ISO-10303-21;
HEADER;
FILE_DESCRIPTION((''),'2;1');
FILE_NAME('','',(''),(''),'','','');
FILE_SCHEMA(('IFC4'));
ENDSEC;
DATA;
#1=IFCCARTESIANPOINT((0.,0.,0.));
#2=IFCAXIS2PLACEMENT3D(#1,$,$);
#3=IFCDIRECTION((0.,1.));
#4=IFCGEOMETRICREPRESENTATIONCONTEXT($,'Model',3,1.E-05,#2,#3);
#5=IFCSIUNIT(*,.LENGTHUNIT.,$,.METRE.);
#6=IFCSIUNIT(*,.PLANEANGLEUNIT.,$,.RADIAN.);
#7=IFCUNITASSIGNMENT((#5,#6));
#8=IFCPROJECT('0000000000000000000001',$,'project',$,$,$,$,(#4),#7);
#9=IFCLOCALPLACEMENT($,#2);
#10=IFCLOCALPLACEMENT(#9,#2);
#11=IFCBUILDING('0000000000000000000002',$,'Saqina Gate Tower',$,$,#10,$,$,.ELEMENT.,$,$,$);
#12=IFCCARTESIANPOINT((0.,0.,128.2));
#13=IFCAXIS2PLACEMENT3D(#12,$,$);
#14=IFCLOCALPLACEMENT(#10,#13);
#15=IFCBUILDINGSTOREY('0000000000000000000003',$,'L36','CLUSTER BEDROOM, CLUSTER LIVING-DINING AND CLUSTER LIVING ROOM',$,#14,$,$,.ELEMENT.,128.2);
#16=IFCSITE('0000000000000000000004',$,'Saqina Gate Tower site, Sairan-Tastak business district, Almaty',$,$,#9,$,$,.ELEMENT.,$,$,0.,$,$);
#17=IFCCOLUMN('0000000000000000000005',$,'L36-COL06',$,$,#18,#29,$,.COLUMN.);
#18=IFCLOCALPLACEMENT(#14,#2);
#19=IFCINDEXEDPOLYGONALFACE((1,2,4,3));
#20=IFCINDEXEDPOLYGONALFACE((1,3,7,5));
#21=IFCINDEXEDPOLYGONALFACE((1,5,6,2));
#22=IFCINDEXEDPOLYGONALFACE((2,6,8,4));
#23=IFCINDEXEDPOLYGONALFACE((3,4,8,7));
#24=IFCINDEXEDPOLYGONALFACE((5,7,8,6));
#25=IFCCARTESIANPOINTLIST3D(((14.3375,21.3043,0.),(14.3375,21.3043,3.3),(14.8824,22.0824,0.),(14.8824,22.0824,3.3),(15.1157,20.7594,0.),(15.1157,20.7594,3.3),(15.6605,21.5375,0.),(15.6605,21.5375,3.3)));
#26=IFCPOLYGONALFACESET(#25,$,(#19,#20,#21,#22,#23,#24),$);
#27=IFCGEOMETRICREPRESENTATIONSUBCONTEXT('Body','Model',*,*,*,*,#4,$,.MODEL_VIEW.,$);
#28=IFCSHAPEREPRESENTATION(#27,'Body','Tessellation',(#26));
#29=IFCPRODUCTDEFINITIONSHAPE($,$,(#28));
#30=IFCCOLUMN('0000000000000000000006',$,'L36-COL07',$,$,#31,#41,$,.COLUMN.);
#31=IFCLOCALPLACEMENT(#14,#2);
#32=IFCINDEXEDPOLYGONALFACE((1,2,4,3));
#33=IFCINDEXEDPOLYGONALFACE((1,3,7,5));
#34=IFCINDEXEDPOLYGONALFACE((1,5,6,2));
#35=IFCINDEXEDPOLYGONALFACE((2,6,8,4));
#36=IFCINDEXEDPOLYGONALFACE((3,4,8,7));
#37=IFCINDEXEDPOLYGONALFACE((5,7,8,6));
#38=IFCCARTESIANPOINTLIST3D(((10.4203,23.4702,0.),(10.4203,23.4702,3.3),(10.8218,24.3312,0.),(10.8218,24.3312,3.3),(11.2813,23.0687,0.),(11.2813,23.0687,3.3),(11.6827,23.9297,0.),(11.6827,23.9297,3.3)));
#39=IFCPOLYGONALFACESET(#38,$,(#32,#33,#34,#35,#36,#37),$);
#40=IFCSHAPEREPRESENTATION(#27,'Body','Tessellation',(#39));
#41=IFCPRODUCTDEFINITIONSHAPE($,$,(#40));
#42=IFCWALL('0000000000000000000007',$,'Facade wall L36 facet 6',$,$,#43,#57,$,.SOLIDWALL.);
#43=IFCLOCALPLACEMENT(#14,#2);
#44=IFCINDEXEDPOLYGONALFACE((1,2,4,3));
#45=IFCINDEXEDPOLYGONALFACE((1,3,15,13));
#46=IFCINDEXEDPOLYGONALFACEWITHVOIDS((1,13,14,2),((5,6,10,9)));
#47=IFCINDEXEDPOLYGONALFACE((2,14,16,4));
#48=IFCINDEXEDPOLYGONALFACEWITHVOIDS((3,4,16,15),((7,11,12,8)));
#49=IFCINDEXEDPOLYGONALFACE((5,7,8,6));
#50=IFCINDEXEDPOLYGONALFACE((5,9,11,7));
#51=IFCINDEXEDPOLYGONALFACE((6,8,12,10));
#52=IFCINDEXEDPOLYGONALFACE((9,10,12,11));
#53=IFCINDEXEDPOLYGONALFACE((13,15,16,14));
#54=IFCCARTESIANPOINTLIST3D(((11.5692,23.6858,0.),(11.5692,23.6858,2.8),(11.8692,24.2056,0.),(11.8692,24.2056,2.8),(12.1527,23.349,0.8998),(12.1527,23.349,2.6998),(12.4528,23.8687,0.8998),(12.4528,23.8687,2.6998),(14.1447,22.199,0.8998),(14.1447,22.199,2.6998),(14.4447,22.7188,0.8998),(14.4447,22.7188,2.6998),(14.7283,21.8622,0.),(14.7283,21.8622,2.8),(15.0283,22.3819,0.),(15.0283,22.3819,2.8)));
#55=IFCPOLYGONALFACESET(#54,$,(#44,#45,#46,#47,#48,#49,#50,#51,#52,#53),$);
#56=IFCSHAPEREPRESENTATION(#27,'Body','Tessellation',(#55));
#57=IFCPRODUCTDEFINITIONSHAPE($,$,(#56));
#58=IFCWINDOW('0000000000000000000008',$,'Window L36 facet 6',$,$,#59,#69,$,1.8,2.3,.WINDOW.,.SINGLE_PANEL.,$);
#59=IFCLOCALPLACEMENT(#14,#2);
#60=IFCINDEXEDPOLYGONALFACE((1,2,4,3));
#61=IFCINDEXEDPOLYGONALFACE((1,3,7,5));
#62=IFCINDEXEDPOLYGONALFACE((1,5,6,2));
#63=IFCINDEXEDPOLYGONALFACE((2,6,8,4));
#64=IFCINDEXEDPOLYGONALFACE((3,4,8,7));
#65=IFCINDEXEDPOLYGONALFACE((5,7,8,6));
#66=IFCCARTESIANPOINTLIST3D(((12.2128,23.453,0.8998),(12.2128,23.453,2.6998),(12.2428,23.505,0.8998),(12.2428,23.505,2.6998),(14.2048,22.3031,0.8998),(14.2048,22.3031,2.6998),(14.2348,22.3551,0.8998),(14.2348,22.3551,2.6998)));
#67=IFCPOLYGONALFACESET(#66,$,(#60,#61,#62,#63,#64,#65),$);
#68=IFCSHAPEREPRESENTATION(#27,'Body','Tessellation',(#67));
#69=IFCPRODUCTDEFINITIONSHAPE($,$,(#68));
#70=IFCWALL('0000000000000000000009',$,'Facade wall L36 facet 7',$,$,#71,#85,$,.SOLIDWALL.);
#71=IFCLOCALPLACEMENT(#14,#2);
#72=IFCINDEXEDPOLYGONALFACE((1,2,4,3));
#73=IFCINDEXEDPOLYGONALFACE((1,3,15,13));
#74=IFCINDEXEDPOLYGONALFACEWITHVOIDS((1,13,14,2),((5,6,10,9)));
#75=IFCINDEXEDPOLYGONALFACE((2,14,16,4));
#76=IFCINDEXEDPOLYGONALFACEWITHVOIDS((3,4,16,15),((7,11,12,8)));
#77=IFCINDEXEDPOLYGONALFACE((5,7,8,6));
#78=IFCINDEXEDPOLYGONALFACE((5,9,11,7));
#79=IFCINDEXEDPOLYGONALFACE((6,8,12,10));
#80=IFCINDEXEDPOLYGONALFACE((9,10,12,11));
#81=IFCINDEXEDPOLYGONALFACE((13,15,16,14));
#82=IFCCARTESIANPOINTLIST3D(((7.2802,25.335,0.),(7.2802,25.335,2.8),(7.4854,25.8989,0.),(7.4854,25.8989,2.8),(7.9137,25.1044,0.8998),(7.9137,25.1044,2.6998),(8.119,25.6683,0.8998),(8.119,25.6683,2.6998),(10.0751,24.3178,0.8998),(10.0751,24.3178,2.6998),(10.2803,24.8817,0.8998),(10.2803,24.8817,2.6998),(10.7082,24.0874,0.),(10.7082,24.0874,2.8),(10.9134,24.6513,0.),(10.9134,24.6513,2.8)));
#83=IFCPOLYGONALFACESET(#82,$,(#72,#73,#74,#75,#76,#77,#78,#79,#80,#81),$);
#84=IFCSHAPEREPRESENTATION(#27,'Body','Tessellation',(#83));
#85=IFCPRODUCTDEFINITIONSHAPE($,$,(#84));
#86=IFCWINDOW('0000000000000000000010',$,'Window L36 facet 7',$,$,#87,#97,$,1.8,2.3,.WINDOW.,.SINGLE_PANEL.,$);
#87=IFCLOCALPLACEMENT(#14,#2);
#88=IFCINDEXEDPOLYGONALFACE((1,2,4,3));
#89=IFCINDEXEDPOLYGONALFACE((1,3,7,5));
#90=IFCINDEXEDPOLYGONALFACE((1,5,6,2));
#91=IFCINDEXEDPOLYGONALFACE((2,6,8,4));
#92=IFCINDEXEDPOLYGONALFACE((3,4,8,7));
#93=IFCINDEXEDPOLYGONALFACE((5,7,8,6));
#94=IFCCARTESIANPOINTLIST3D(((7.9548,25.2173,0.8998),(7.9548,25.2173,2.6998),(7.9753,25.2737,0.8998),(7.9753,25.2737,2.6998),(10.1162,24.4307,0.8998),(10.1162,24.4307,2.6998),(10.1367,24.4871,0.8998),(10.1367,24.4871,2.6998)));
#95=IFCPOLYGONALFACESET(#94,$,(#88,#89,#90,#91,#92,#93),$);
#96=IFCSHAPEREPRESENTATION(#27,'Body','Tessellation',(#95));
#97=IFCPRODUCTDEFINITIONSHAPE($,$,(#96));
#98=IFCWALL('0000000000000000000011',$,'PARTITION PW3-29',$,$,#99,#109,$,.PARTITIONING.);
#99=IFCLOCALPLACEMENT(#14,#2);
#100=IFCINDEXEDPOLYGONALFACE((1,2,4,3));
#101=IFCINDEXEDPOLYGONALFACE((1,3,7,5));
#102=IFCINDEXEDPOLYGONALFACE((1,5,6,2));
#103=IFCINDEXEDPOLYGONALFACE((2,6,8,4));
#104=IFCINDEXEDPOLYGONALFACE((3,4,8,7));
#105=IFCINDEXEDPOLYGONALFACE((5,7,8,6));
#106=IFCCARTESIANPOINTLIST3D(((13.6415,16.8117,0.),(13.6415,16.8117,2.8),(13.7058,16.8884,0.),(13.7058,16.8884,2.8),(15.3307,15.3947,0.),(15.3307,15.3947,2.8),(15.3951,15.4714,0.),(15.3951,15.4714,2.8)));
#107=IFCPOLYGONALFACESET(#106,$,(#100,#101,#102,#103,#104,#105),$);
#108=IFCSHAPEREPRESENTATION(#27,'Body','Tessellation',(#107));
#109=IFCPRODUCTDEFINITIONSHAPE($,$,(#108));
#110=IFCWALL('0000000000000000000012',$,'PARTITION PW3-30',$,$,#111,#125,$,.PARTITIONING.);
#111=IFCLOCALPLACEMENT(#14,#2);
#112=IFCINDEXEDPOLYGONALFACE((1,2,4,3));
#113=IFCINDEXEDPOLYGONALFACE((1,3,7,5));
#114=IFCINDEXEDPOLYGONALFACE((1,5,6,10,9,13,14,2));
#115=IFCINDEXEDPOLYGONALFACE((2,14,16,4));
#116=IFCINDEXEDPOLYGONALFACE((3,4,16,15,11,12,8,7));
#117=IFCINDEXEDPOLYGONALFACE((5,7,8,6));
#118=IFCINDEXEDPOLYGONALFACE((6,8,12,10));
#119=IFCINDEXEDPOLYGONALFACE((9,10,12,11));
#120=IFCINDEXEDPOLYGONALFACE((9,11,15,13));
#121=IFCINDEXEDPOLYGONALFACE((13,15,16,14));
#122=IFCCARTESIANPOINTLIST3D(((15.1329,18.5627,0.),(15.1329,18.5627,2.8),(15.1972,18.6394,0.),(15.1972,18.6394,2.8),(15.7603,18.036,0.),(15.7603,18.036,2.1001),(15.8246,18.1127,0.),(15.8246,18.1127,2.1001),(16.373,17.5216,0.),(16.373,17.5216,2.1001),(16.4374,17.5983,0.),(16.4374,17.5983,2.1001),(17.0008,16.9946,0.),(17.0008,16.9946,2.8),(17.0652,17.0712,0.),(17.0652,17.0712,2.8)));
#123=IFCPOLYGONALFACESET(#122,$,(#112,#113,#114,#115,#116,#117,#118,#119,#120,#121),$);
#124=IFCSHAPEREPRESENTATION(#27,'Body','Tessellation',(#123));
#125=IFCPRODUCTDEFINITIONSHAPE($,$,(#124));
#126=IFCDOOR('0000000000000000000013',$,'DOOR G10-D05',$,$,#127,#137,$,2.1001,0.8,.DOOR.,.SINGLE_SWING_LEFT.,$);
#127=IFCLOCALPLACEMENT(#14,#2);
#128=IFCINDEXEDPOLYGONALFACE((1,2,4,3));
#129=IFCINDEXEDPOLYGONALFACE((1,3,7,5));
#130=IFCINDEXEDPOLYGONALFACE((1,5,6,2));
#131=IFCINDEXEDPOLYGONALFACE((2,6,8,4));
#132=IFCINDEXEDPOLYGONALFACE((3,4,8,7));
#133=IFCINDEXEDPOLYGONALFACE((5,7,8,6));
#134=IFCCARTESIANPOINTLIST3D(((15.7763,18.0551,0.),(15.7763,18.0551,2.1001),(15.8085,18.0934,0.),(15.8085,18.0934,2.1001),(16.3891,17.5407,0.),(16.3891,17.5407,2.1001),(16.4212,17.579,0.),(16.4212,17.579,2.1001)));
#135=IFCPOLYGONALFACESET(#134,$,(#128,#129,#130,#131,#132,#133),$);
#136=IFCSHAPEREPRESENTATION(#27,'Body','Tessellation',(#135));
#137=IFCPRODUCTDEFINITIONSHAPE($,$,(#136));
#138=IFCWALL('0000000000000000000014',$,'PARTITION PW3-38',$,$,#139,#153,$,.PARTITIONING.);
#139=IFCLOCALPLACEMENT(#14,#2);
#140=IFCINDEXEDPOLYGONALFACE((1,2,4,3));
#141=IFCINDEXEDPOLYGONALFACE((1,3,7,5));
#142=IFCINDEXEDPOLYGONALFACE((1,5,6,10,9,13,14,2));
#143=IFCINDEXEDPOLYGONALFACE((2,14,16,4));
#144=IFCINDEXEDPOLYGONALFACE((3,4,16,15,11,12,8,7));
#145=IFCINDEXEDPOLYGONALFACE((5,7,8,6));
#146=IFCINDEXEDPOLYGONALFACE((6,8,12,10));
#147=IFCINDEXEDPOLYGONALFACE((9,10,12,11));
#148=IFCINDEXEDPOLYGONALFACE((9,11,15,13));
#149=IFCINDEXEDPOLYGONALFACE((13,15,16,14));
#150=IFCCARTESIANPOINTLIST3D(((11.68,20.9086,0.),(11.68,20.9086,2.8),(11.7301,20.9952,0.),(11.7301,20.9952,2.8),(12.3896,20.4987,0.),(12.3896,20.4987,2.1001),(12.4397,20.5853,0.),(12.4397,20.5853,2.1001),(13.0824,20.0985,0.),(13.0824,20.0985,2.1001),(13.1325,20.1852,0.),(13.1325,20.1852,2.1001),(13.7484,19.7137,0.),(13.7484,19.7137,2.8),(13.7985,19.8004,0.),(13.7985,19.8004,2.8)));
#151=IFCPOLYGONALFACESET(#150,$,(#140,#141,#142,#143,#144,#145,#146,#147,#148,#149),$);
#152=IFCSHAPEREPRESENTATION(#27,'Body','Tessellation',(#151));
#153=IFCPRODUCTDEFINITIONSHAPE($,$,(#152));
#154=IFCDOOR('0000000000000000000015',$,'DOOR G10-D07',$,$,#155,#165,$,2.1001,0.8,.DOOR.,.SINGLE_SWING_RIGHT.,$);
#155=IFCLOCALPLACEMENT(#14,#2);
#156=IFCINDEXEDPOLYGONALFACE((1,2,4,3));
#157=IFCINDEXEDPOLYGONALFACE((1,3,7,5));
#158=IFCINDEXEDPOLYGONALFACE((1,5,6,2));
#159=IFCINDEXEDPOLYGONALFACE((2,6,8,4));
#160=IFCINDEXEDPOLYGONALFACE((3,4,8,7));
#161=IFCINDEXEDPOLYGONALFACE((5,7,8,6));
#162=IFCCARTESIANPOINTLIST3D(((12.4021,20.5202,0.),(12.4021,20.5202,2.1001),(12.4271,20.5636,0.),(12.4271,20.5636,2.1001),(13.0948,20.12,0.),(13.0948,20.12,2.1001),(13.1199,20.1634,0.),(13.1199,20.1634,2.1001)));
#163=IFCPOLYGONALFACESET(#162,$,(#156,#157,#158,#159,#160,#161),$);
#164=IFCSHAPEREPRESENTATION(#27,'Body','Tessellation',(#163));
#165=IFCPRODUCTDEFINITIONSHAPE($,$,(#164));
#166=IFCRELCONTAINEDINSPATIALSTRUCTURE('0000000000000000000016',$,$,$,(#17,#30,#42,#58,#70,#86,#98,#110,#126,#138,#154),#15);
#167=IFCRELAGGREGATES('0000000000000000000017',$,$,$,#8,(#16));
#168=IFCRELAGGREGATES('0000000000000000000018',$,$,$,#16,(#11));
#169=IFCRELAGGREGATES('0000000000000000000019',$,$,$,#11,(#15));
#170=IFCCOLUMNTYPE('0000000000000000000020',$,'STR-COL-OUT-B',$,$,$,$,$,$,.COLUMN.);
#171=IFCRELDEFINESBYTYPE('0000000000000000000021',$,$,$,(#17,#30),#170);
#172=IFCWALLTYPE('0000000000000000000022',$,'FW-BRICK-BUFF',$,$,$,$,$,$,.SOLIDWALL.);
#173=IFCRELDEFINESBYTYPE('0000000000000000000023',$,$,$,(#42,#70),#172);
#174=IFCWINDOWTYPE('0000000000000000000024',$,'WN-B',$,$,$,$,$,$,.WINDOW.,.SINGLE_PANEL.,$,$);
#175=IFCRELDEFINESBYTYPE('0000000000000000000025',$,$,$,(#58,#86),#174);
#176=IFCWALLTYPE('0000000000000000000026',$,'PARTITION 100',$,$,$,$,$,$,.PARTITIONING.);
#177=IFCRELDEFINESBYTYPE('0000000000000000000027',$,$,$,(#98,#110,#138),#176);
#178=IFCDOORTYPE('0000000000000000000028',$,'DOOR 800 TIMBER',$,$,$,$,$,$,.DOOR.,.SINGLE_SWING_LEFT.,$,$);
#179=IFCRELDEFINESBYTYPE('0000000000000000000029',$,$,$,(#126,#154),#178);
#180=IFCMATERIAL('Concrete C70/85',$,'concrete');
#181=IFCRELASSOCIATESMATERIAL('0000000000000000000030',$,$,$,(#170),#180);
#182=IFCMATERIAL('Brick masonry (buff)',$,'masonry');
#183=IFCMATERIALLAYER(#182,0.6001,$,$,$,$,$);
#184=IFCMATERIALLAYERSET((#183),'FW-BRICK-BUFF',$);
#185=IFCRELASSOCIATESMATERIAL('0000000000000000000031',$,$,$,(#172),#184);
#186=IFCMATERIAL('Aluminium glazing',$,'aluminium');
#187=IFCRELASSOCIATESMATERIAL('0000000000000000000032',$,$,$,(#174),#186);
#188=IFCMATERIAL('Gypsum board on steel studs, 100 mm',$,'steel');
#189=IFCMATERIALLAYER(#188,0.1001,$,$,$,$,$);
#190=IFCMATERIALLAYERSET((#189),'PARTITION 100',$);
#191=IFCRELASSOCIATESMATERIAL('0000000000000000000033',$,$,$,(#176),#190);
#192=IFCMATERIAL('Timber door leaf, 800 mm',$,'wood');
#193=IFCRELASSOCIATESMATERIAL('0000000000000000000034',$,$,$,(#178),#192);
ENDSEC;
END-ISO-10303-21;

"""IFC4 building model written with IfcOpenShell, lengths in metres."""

from ifc_helpers import new_model, si_unit, direction, frame, frame_2d, origin, origin_2d, place, context, subcontext, project, spatial, rectangle, extrude, material, layer, layer_set, material_profile, profile_set, type_object, element, fill, save


model = new_model("IFC4")

# Units and contexts
model_context = context("Model", 3, precision=1e-05, world=origin(), true_north=direction((0.0, 1.0)))
body_context = subcontext(model_context, "Body", "Model", "MODEL_VIEW")
ifc_project = project(units=[si_unit("LENGTHUNIT", "METRE"), si_unit("PLANEANGLEUNIT", "RADIAN")], contexts=[model_context])

# Site, building, storey
site_placement = place(None, origin())
site = spatial("IfcSite", under=ifc_project, at=site_placement, Name="Saqina Gate Tower site, Sairan-Tastak business district, Almaty", CompositionType="ELEMENT", RefElevation=0.0)
building_placement = place(site_placement, origin())
building = spatial("IfcBuilding", under=site, at=building_placement, Name="Saqina Gate Tower", CompositionType="ELEMENT")
storey_placement = place(building_placement, frame((0.0, 0.0, 128.2)))
storey = spatial("IfcBuildingStorey", under=building, at=storey_placement, Name="L36", Description="CLUSTER BEDROOM, CLUSTER LIVING-DINING AND CLUSTER LIVING ROOM", CompositionType="ELEMENT", Elevation=128.2)

# Columns
ifc_material_1 = material(Name="Concrete C70/85", Category="concrete")
ifc_material_profile = material_profile(ifc_material_1, rectangle(XDim=0.95, YDim=0.95, at=origin_2d()), Name="RC 950x950")
ifc_profile_set = profile_set([ifc_material_profile], Name="Concrete C70/85")
column_type = type_object("IfcColumnType", Name="STR-COL-OUT-B", PredefinedType="COLUMN", material=ifc_profile_set)
for number, where, z_axis, x_axis, name in (
    (1, (14.999, 21.4209, 0.0), (0.0, 0.0, 1.0), (0.573576, 0.819152, 0.0), "L36-COL06"),
    (2, (11.0515, 23.7, 0.0), (0.0, 0.0, 1.0), (0.422618, 0.906308, 0.0), "L36-COL07"),
):
    element("IfcColumn", number, at=place(storey_placement, frame(where, z_axis=z_axis, x_axis=x_axis)), inside=storey, type_object=column_type, Name=name, PredefinedType="COLUMN", context=body_context, shape_type="SweptSolid", body=[
        extrude(rectangle(XDim=0.95, YDim=0.95, at=origin_2d()), origin(), (0.0, 0.0, 1.0), 3.3),
    ])

# Walls, openings, windows
ifc_material_2 = material(Name="Brick masonry (buff)", Category="masonry")
ifc_layer_1 = layer(ifc_material_2, 0.6001)
ifc_layer_set_1 = layer_set([ifc_layer_1], Name="FW-BRICK-BUFF")
wall_type_1 = type_object("IfcWallType", Name="FW-BRICK-BUFF", PredefinedType="SOLIDWALL", material=ifc_layer_set_1)
wall_1_placement = place(storey_placement, frame((14.8782, 22.1221, 0.0), z_axis=(0.0, 0.0, 1.0), x_axis=(-0.866052, 0.499954, 0.0)))
wall_1 = element("IfcWall", 3, at=wall_1_placement, inside=storey, type_object=wall_type_1, Name="Facade wall L36 facet 6", PredefinedType="SOLIDWALL", context=body_context, shape_type="SweptSolid", body=[
    extrude(rectangle(XDim=3.6477, YDim=0.6001, at=frame_2d((1.8237, 0.0))), origin(), (0.0, 0.0, 1.0), 2.8),
])
opening_1_placement = place(wall_1_placement, frame((0.6738, 0.0, 0.8999)))
opening_1 = element("IfcOpeningElement", 4, at=opening_1_placement, cuts=wall_1, PredefinedType="OPENING", context=body_context, shape_type="SweptSolid", body=[
    extrude(rectangle(XDim=2.3, YDim=1.8, at=frame_2d((1.1499, 0.8999))), frame((0.0, 0.312, 0.0), z_axis=(0.0, -1.0, 0.0), x_axis=(1.0, 0.0, 0.0)), (0.0, 0.0, 1.0), 0.624),
])
ifc_material_3 = material(Name="Aluminium glazing", Category="aluminium")
window_type = type_object("IfcWindowType", Name="WN-B", PartitioningType="SINGLE_PANEL", PredefinedType="WINDOW", material=ifc_material_3)
window_1_placement = place(opening_1_placement, origin())
window_1 = element("IfcWindow", 5, at=window_1_placement, inside=storey, type_object=window_type, Name="Window L36 facet 6", OverallHeight=1.8, OverallWidth=2.3, PartitioningType="SINGLE_PANEL", PredefinedType="WINDOW", context=body_context, shape_type="SweptSolid", body=[
    extrude(rectangle(XDim=2.3, YDim=1.8, at=frame_2d((1.1499, 0.8999))), frame((0.0, 0.1799, 0.0), z_axis=(0.0, -1.0, 0.0), x_axis=(1.0, 0.0, 0.0)), (0.0, 0.0, 1.0), 0.0601),
])
fill(opening_1, window_1)
wall_2_placement = place(storey_placement, frame((10.8108, 24.3694, 0.0), z_axis=(0.0, 0.0, 1.0), x_axis=(-0.939704, 0.34199, 0.0)))
wall_2 = element("IfcWall", 6, at=wall_2_placement, inside=storey, type_object=wall_type_1, Name="Facade wall L36 facet 7", PredefinedType="SOLIDWALL", context=body_context, shape_type="SweptSolid", body=[
    extrude(rectangle(XDim=3.6479, YDim=0.6001, at=frame_2d((1.824, 0.0))), origin(), (0.0, 0.0, 1.0), 2.8),
])
opening_2_placement = place(wall_2_placement, frame((0.6738, 0.0, 0.8999)))
opening_2 = element("IfcOpeningElement", 7, at=opening_2_placement, cuts=wall_2, PredefinedType="OPENING", context=body_context, shape_type="SweptSolid", body=[
    extrude(rectangle(XDim=2.3, YDim=1.8, at=frame_2d((1.1499, 0.8999))), frame((0.0, 0.312, 0.0), z_axis=(0.0, -1.0, 0.0), x_axis=(1.0, 0.0, 0.0)), (0.0, 0.0, 1.0), 0.624),
])
window_2_placement = place(opening_2_placement, origin())
window_2 = element("IfcWindow", 8, at=window_2_placement, inside=storey, type_object=window_type, Name="Window L36 facet 7", OverallHeight=1.8, OverallWidth=2.3, PartitioningType="SINGLE_PANEL", PredefinedType="WINDOW", context=body_context, shape_type="SweptSolid", body=[
    extrude(rectangle(XDim=2.3, YDim=1.8, at=frame_2d((1.1499, 0.8999))), frame((0.0, 0.1799, 0.0), z_axis=(0.0, -1.0, 0.0), x_axis=(1.0, 0.0, 0.0)), (0.0, 0.0, 1.0), 0.0601),
])
fill(opening_2, window_2)

# Wall
ifc_material_4 = material(Name="Gypsum board on steel studs, 100 mm", Category="steel")
ifc_layer_2 = layer(ifc_material_4, 0.1001)
ifc_layer_set_2 = layer_set([ifc_layer_2], Name="PARTITION 100")
wall_type_2 = type_object("IfcWallType", Name="PARTITION 100", PredefinedType="PARTITIONING", material=ifc_layer_set_2)
wall_3_placement = place(storey_placement, frame((13.6736, 16.8501, 0.0), z_axis=(0.0, 0.0, 1.0), x_axis=(0.766139, -0.642675, 0.0)))
element("IfcWall", 9, at=wall_3_placement, inside=storey, type_object=wall_type_2, Name="PARTITION PW3-29", PredefinedType="PARTITIONING", context=body_context, shape_type="SweptSolid", body=[
    extrude(rectangle(XDim=2.2048, YDim=0.1001, at=frame_2d((1.1025, 0.0))), origin(), (0.0, 0.0, 1.0), 2.8),
])

# Walls, openings, doors
wall_4_placement = place(storey_placement, frame((15.165, 18.6011, 0.0), z_axis=(0.0, 0.0, 1.0), x_axis=(0.765894, -0.642967, 0.0)))
wall_4 = element("IfcWall", 10, at=wall_4_placement, inside=storey, type_object=wall_type_2, Name="PARTITION PW3-30", PredefinedType="PARTITIONING", context=body_context, shape_type="SweptSolid", body=[
    extrude(rectangle(XDim=2.439, YDim=0.1001, at=frame_2d((1.2195, 0.0))), origin(), (0.0, 0.0, 1.0), 2.8),
])
opening_3_placement = place(wall_4_placement, frame((0.8193, 0.0, 0.0)))
opening_3 = element("IfcOpeningElement", 11, at=opening_3_placement, cuts=wall_4, PredefinedType="OPENING", context=body_context, shape_type="SweptSolid", body=[
    extrude(rectangle(XDim=0.8, YDim=2.1001, at=frame_2d((0.3999, 1.05))), frame((0.0, 0.062, 0.0), z_axis=(0.0, -1.0, 0.0), x_axis=(1.0, 0.0, 0.0)), (0.0, 0.0, 1.0), 0.124),
])
ifc_material_5 = material(Name="Timber door leaf, 800 mm", Category="wood")
door_type_1 = type_object("IfcDoorType", Name="DOOR 800 TIMBER", OperationType="SINGLE_SWING_LEFT", PredefinedType="DOOR", material=ifc_material_5)
door_1_placement = place(opening_3_placement, origin())
door_1 = element("IfcDoor", 12, at=door_1_placement, inside=storey, type_object=door_type_1, Name="DOOR G10-D05", OperationType="SINGLE_SWING_LEFT", OverallHeight=2.1001, OverallWidth=0.8, PredefinedType="DOOR", context=body_context, shape_type="SweptSolid", body=[
    extrude(rectangle(XDim=0.8, YDim=2.1001, at=frame_2d((0.3999, 1.05))), frame((0.0, 0.0249, 0.0), z_axis=(0.0, -1.0, 0.0), x_axis=(1.0, 0.0, 0.0)), (0.0, 0.0, 1.0), 0.05),
])
fill(opening_3, door_1)
wall_5_placement = place(storey_placement, frame((11.7051, 20.9519, 0.0), z_axis=(0.0, 0.0, 1.0), x_axis=(0.865906, -0.500206, 0.0)))
wall_5 = element("IfcWall", 13, at=wall_5_placement, inside=storey, type_object=wall_type_2, Name="PARTITION PW3-38", PredefinedType="PARTITIONING", context=body_context, shape_type="SweptSolid", body=[
    extrude(rectangle(XDim=2.3887, YDim=0.1001, at=frame_2d((1.1943, 0.0))), origin(), (0.0, 0.0, 1.0), 2.8),
])
opening_4_placement = place(wall_5_placement, frame((0.8196, 0.0, 0.0)))
opening_4 = element("IfcOpeningElement", 14, at=opening_4_placement, cuts=wall_5, PredefinedType="OPENING", context=body_context, shape_type="SweptSolid", body=[
    extrude(rectangle(XDim=0.8, YDim=2.1001, at=frame_2d((0.3999, 1.05))), frame((0.0, 0.062, 0.0), z_axis=(0.0, -1.0, 0.0), x_axis=(1.0, 0.0, 0.0)), (0.0, 0.0, 1.0), 0.124),
])
door_2_placement = place(opening_4_placement, origin())
door_2 = element("IfcDoor", 15, at=door_2_placement, inside=storey, type_object=door_type_1, Name="DOOR G10-D07", OperationType="SINGLE_SWING_RIGHT", OverallHeight=2.1001, OverallWidth=0.8, PredefinedType="DOOR", context=body_context, shape_type="SweptSolid", body=[
    extrude(rectangle(XDim=0.8, YDim=2.1001, at=frame_2d((0.3999, 1.05))), frame((0.0, 0.0249, 0.0), z_axis=(0.0, -1.0, 0.0), x_axis=(1.0, 0.0, 0.0)), (0.0, 0.0, 1.0), 0.05),
])
fill(opening_4, door_2)

save(model, "model.ifc")
